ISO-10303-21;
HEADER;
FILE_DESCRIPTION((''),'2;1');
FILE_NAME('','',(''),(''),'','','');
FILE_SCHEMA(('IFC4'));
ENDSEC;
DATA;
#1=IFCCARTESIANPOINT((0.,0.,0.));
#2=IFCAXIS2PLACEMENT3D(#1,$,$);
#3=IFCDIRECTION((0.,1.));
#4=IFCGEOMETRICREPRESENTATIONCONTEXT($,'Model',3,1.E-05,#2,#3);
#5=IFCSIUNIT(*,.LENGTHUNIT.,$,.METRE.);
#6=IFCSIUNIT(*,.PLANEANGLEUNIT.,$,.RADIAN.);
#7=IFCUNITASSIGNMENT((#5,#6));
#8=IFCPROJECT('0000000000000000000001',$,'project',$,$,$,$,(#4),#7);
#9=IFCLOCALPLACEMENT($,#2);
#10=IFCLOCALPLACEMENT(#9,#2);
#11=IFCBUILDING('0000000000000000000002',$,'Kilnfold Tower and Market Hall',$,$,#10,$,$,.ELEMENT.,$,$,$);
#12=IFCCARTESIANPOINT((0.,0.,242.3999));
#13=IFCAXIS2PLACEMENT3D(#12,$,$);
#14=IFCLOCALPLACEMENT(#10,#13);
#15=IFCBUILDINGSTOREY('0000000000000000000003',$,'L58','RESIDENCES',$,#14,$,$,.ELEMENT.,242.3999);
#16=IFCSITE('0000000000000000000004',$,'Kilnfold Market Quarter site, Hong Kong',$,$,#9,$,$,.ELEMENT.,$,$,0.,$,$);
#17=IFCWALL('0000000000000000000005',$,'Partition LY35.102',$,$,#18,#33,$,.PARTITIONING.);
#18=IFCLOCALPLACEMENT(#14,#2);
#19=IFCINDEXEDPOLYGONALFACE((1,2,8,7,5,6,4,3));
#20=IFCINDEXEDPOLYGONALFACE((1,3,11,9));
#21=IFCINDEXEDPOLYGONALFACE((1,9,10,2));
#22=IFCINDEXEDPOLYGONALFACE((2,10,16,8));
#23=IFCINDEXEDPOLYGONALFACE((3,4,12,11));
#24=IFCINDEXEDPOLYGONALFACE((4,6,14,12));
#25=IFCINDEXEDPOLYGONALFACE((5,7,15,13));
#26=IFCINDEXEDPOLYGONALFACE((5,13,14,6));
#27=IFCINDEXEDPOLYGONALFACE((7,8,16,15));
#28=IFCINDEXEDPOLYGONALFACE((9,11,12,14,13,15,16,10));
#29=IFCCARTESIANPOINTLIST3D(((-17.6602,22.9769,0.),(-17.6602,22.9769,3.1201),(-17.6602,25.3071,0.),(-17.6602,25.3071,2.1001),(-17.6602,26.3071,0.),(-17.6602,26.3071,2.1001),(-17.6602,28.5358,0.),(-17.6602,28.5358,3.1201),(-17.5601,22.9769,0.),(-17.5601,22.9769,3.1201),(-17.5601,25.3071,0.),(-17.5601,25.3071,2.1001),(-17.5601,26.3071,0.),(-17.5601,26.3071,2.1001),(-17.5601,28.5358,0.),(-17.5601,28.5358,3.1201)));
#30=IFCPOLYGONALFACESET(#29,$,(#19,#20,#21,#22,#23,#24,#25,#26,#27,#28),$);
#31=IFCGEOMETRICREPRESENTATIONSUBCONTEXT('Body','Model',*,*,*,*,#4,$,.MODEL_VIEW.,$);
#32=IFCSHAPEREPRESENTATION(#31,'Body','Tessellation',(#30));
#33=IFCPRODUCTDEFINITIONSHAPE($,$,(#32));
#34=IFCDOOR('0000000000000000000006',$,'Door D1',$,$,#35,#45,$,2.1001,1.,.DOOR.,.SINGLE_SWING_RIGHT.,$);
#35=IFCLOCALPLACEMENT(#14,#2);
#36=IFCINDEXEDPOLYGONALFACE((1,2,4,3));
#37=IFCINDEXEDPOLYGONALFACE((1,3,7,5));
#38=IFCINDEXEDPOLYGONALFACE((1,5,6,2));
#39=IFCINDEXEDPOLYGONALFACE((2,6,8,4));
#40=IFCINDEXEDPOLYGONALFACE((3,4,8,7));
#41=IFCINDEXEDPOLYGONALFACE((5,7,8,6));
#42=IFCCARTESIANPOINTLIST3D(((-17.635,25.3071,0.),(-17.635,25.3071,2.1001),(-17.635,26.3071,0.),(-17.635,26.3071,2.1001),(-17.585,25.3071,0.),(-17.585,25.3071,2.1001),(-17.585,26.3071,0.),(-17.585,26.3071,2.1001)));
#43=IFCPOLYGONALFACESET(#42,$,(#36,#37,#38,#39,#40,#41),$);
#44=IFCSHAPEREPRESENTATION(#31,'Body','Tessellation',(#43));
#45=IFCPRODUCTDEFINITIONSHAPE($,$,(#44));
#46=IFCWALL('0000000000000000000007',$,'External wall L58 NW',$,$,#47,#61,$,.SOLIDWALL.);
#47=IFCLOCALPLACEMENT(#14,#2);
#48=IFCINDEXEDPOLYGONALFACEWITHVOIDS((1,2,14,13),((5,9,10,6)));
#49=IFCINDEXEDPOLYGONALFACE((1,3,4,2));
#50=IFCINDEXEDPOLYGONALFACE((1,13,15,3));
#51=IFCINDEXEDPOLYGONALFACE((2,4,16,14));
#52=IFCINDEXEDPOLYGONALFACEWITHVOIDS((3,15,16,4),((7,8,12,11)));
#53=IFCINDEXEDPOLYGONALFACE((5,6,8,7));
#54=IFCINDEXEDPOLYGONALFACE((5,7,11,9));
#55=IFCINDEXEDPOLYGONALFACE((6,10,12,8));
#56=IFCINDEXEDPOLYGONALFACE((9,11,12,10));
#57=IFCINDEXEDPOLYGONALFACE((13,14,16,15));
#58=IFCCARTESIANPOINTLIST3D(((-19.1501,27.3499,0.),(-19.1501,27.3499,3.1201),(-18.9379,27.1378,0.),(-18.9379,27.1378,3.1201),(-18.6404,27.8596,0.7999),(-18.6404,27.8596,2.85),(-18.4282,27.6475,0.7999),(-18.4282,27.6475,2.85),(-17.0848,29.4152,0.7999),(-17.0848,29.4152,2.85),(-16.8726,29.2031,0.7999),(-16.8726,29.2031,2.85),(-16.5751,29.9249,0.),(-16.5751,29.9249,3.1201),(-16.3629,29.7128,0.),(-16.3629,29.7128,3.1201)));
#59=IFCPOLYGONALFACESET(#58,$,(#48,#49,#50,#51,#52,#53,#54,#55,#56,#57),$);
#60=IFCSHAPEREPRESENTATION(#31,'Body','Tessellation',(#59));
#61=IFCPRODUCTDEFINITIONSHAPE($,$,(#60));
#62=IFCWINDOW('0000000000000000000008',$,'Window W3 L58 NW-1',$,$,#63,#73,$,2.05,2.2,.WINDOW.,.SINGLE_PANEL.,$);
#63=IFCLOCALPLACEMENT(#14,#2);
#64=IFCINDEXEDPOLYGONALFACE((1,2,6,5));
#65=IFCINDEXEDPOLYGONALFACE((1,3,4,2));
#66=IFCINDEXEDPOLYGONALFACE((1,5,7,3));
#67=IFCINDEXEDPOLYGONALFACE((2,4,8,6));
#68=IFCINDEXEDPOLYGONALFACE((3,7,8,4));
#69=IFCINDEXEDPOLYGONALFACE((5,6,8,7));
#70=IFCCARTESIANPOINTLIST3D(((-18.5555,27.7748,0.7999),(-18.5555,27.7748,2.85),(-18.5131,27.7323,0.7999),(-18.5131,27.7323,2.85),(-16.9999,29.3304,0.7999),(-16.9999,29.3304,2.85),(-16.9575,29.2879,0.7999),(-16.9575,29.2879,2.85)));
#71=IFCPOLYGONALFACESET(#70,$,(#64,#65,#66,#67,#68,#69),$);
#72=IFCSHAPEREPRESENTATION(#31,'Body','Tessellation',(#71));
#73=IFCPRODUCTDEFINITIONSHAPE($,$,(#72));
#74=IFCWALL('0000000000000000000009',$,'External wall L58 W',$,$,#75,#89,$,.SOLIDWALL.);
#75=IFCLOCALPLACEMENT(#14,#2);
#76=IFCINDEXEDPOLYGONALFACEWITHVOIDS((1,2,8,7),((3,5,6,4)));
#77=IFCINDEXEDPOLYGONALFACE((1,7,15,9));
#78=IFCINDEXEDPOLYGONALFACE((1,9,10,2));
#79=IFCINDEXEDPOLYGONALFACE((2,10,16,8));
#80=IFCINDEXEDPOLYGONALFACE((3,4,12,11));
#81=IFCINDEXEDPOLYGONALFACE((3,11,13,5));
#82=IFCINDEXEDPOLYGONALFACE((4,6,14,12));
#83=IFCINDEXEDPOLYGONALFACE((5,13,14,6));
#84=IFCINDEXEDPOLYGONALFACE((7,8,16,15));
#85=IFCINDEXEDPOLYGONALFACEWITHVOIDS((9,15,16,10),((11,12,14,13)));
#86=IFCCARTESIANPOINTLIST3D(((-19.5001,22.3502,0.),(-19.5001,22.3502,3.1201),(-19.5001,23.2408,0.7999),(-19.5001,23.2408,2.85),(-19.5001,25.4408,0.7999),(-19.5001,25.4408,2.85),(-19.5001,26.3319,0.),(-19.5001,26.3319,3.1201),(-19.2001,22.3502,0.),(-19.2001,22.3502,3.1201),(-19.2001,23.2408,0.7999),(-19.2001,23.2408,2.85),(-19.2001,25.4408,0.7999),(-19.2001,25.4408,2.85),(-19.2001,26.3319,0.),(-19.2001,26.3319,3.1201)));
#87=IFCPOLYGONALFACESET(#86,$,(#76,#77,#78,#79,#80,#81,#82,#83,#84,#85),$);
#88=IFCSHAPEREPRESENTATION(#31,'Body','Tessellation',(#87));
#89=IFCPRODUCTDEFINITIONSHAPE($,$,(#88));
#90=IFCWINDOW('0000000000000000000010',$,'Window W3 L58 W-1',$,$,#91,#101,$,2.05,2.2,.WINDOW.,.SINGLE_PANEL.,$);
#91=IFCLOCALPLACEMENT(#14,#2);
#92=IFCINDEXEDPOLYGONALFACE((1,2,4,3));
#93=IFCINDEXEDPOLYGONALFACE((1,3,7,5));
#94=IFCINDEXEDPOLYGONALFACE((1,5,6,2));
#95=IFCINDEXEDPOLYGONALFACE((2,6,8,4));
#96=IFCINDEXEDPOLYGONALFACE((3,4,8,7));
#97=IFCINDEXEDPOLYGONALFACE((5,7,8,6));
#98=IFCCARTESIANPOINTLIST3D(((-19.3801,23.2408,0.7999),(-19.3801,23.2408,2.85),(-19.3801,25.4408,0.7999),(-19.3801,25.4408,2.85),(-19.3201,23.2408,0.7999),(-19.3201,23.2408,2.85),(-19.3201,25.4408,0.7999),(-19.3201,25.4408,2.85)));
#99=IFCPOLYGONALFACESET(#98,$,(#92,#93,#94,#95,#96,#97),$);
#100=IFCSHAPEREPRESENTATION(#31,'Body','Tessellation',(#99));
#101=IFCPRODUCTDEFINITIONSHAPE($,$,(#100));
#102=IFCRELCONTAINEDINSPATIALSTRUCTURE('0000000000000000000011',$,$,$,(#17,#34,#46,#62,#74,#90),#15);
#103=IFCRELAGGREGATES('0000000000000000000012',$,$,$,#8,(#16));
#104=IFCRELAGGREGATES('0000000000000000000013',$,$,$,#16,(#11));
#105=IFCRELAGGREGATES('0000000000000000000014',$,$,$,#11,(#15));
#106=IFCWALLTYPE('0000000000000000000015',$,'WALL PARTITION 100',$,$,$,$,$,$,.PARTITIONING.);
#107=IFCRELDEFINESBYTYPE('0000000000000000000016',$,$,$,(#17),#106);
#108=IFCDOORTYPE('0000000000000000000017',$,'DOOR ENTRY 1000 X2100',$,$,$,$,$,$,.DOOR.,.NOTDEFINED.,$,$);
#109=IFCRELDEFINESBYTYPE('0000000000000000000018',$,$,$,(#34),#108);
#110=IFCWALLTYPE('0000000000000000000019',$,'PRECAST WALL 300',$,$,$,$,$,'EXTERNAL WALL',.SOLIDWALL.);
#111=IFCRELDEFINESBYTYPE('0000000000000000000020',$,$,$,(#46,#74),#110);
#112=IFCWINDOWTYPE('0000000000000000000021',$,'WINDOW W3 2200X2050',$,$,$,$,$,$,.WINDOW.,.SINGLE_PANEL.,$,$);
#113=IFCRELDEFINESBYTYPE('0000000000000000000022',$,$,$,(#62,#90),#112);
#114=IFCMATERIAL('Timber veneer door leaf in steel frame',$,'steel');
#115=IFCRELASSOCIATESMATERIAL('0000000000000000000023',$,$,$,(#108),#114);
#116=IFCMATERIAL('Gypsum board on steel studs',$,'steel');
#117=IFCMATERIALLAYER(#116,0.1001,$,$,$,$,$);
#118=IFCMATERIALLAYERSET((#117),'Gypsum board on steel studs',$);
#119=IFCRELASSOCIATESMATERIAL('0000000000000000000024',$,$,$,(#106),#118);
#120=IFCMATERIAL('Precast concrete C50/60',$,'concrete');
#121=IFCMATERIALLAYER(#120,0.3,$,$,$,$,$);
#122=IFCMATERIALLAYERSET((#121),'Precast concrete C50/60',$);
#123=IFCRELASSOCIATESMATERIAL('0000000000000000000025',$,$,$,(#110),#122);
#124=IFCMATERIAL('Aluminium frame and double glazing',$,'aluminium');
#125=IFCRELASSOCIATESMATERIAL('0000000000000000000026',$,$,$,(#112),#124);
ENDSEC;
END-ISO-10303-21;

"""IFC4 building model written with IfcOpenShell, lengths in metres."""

from ifc_helpers import new_model, si_unit, direction, frame, frame_2d, origin, place, context, subcontext, project, spatial, rectangle, extrude, source, transform, mapped, material, layer, layer_set, type_object, element, fill, save


model = new_model("IFC4")

# Units and contexts
model_context = context("Model", 3, precision=1e-05, world=origin(), true_north=direction((0.0, 1.0)))
body_context = subcontext(model_context, "Body", "Model", "MODEL_VIEW")
ifc_project = project(units=[si_unit("LENGTHUNIT", "METRE"), si_unit("PLANEANGLEUNIT", "RADIAN")], contexts=[model_context])

# Site, building, storey
site_placement = place(None, origin())
site = spatial("IfcSite", under=ifc_project, at=site_placement, Name="Kilnfold Market Quarter site, Hong Kong", CompositionType="ELEMENT", RefElevation=0.0)
building_placement = place(site_placement, origin())
building = spatial("IfcBuilding", under=site, at=building_placement, Name="Kilnfold Tower and Market Hall", CompositionType="ELEMENT")
storey_placement = place(building_placement, frame((0.0, 0.0, 242.3999)))
storey = spatial("IfcBuildingStorey", under=building, at=storey_placement, Name="L58", Description="RESIDENCES", CompositionType="ELEMENT", Elevation=242.3999)

# Shared definitions
ifc_material_1 = material(Name="Timber veneer door leaf in steel frame", Category="steel")
door_type_1 = type_object("IfcDoorType", Name="DOOR ENTRY 1000 X2100", OperationType="NOTDEFINED", PredefinedType="DOOR", material=ifc_material_1)

# Wall, opening, door
ifc_material_2 = material(Name="Gypsum board on steel studs", Category="steel")
ifc_layer_1 = layer(ifc_material_2, 0.1001)
ifc_layer_set_1 = layer_set([ifc_layer_1], Name="Gypsum board on steel studs")
wall_type_1 = type_object("IfcWallType", Name="WALL PARTITION 100", PredefinedType="PARTITIONING", material=ifc_layer_set_1)
wall_1_placement = place(storey_placement, frame((-17.6101, 22.9771, 0.0), z_axis=(0.0, 0.0, 1.0), x_axis=(0.0, 1.0, 0.0)))
wall_1 = element("IfcWall", 1, at=wall_1_placement, inside=storey, type_object=wall_type_1, Name="Partition LY35.102", PredefinedType="PARTITIONING", context=body_context, shape_type="SweptSolid", body=[
    extrude(rectangle(XDim=5.5588, YDim=0.1001, at=frame_2d((2.7793, 0.0))), origin(), (0.0, 0.0, 1.0), 3.1201),
])
opening_1_placement = place(wall_1_placement, frame((2.3301, 0.0, 0.0)))
opening_1 = element("IfcOpeningElement", 2, at=opening_1_placement, cuts=wall_1, PredefinedType="OPENING", context=body_context, shape_type="SweptSolid", body=[
    extrude(rectangle(XDim=1.0, YDim=2.1001, at=frame_2d((0.5, 1.05))), frame((0.0, 0.0601, 0.0), z_axis=(0.0, -1.0, 0.0), x_axis=(1.0, 0.0, 0.0)), (0.0, 0.0, 1.0), 0.1201),
])
door_1_placement = place(opening_1_placement, origin())
door_1 = element("IfcDoor", 3, at=door_1_placement, inside=storey, type_object=door_type_1, Name="Door D1", OperationType="SINGLE_SWING_RIGHT", OverallHeight=2.1001, OverallWidth=1.0, PredefinedType="DOOR", context=body_context, shape_type="SweptSolid", body=[
    extrude(rectangle(XDim=1.0, YDim=2.1001, at=frame_2d((0.5, 1.05))), frame((0.0, 0.0249, 0.0), z_axis=(0.0, -1.0, 0.0), x_axis=(1.0, 0.0, 0.0)), (0.0, 0.0, 1.0), 0.05),
])
fill(opening_1, door_1)

# Walls, openings, windows
ifc_material_3 = material(Name="Precast concrete C50/60", Category="concrete")
ifc_layer_2 = layer(ifc_material_3, 0.3)
ifc_layer_set_2 = layer_set([ifc_layer_2], Name="Precast concrete C50/60")
wall_type_2 = type_object("IfcWallType", Name="PRECAST WALL 300", ElementType="EXTERNAL WALL", PredefinedType="SOLIDWALL", material=ifc_layer_set_2)
shared_shape_1 = source(origin(), body_context, "Body", "SweptSolid", [
    extrude(rectangle(XDim=3.6416, YDim=0.3, at=frame_2d((1.8208, 0.0))), origin(), (0.0, 0.0, 1.0), 3.1201),
])
wall_2_placement = place(storey_placement, frame((-16.469, 29.8188, 0.0), z_axis=(0.0, 0.0, 1.0), x_axis=(-0.707107, -0.707107, 0.0)))
wall_2 = element("IfcWall", 4, at=wall_2_placement, inside=storey, type_object=wall_type_2, Name="External wall L58 NW", PredefinedType="SOLIDWALL", context=body_context, shape_type="MappedRepresentation", body=[
    mapped(shared_shape_1, transform((0.0, 0.0, 0.0))),
])
opening_2_placement = place(wall_2_placement, frame((0.7207, 0.0, 0.8)))
opening_2 = element("IfcOpeningElement", 5, at=opening_2_placement, cuts=wall_2, PredefinedType="OPENING", context=body_context, shape_type="SweptSolid", body=[
    extrude(rectangle(XDim=2.2, YDim=2.05, at=frame_2d((1.1001, 1.0249))), frame((0.0, 0.1602, 0.0), z_axis=(0.0, -1.0, 0.0), x_axis=(1.0, 0.0, 0.0)), (0.0, 0.0, 1.0), 0.3201),
])
ifc_material_4 = material(Name="Aluminium frame and double glazing", Category="aluminium")
window_type = type_object("IfcWindowType", Name="WINDOW W3 2200X2050", PartitioningType="SINGLE_PANEL", PredefinedType="WINDOW", material=ifc_material_4)
window_1_placement = place(opening_2_placement, origin())
window_1 = element("IfcWindow", 6, at=window_1_placement, inside=storey, type_object=window_type, Name="Window W3 L58 NW-1", OverallHeight=2.05, OverallWidth=2.2, PartitioningType="SINGLE_PANEL", PredefinedType="WINDOW", context=body_context, shape_type="SweptSolid", body=[
    extrude(rectangle(XDim=2.2, YDim=2.05, at=frame_2d((1.1001, 1.0249))), frame((0.0, 0.03, 0.0), z_axis=(0.0, -1.0, 0.0), x_axis=(1.0, 0.0, 0.0)), (0.0, 0.0, 1.0), 0.0601),
])
fill(opening_2, window_1)
shared_shape_2 = source(origin(), body_context, "Body", "SweptSolid", [
    extrude(rectangle(XDim=3.9817, YDim=0.3, at=frame_2d((1.9907, 0.0))), origin(), (0.0, 0.0, 1.0), 3.1201),
])
wall_3_placement = place(storey_placement, frame((-19.3501, 26.3318, 0.0), z_axis=(0.0, 0.0, 1.0), x_axis=(0.0, -1.0, 0.0)))
wall_3 = element("IfcWall", 7, at=wall_3_placement, inside=storey, type_object=wall_type_2, Name="External wall L58 W", PredefinedType="SOLIDWALL", context=body_context, shape_type="MappedRepresentation", body=[
    mapped(shared_shape_2, transform((0.0, 0.0, 0.0))),
])
opening_3_placement = place(wall_3_placement, frame((0.8909, 0.0, 0.8)))
opening_3 = element("IfcOpeningElement", 8, at=opening_3_placement, cuts=wall_3, PredefinedType="OPENING", context=body_context, shape_type="SweptSolid", body=[
    extrude(rectangle(XDim=2.2, YDim=2.05, at=frame_2d((1.1001, 1.0249))), frame((0.0, 0.1602, 0.0), z_axis=(0.0, -1.0, 0.0), x_axis=(1.0, 0.0, 0.0)), (0.0, 0.0, 1.0), 0.3201),
])
window_2_placement = place(opening_3_placement, origin())
window_2 = element("IfcWindow", 9, at=window_2_placement, inside=storey, type_object=window_type, Name="Window W3 L58 W-1", OverallHeight=2.05, OverallWidth=2.2, PartitioningType="SINGLE_PANEL", PredefinedType="WINDOW", context=body_context, shape_type="SweptSolid", body=[
    extrude(rectangle(XDim=2.2, YDim=2.05, at=frame_2d((1.1001, 1.0249))), frame((0.0, 0.03, 0.0), z_axis=(0.0, -1.0, 0.0), x_axis=(1.0, 0.0, 0.0)), (0.0, 0.0, 1.0), 0.0601),
])
fill(opening_3, window_2)

save(model, "model.ifc")
